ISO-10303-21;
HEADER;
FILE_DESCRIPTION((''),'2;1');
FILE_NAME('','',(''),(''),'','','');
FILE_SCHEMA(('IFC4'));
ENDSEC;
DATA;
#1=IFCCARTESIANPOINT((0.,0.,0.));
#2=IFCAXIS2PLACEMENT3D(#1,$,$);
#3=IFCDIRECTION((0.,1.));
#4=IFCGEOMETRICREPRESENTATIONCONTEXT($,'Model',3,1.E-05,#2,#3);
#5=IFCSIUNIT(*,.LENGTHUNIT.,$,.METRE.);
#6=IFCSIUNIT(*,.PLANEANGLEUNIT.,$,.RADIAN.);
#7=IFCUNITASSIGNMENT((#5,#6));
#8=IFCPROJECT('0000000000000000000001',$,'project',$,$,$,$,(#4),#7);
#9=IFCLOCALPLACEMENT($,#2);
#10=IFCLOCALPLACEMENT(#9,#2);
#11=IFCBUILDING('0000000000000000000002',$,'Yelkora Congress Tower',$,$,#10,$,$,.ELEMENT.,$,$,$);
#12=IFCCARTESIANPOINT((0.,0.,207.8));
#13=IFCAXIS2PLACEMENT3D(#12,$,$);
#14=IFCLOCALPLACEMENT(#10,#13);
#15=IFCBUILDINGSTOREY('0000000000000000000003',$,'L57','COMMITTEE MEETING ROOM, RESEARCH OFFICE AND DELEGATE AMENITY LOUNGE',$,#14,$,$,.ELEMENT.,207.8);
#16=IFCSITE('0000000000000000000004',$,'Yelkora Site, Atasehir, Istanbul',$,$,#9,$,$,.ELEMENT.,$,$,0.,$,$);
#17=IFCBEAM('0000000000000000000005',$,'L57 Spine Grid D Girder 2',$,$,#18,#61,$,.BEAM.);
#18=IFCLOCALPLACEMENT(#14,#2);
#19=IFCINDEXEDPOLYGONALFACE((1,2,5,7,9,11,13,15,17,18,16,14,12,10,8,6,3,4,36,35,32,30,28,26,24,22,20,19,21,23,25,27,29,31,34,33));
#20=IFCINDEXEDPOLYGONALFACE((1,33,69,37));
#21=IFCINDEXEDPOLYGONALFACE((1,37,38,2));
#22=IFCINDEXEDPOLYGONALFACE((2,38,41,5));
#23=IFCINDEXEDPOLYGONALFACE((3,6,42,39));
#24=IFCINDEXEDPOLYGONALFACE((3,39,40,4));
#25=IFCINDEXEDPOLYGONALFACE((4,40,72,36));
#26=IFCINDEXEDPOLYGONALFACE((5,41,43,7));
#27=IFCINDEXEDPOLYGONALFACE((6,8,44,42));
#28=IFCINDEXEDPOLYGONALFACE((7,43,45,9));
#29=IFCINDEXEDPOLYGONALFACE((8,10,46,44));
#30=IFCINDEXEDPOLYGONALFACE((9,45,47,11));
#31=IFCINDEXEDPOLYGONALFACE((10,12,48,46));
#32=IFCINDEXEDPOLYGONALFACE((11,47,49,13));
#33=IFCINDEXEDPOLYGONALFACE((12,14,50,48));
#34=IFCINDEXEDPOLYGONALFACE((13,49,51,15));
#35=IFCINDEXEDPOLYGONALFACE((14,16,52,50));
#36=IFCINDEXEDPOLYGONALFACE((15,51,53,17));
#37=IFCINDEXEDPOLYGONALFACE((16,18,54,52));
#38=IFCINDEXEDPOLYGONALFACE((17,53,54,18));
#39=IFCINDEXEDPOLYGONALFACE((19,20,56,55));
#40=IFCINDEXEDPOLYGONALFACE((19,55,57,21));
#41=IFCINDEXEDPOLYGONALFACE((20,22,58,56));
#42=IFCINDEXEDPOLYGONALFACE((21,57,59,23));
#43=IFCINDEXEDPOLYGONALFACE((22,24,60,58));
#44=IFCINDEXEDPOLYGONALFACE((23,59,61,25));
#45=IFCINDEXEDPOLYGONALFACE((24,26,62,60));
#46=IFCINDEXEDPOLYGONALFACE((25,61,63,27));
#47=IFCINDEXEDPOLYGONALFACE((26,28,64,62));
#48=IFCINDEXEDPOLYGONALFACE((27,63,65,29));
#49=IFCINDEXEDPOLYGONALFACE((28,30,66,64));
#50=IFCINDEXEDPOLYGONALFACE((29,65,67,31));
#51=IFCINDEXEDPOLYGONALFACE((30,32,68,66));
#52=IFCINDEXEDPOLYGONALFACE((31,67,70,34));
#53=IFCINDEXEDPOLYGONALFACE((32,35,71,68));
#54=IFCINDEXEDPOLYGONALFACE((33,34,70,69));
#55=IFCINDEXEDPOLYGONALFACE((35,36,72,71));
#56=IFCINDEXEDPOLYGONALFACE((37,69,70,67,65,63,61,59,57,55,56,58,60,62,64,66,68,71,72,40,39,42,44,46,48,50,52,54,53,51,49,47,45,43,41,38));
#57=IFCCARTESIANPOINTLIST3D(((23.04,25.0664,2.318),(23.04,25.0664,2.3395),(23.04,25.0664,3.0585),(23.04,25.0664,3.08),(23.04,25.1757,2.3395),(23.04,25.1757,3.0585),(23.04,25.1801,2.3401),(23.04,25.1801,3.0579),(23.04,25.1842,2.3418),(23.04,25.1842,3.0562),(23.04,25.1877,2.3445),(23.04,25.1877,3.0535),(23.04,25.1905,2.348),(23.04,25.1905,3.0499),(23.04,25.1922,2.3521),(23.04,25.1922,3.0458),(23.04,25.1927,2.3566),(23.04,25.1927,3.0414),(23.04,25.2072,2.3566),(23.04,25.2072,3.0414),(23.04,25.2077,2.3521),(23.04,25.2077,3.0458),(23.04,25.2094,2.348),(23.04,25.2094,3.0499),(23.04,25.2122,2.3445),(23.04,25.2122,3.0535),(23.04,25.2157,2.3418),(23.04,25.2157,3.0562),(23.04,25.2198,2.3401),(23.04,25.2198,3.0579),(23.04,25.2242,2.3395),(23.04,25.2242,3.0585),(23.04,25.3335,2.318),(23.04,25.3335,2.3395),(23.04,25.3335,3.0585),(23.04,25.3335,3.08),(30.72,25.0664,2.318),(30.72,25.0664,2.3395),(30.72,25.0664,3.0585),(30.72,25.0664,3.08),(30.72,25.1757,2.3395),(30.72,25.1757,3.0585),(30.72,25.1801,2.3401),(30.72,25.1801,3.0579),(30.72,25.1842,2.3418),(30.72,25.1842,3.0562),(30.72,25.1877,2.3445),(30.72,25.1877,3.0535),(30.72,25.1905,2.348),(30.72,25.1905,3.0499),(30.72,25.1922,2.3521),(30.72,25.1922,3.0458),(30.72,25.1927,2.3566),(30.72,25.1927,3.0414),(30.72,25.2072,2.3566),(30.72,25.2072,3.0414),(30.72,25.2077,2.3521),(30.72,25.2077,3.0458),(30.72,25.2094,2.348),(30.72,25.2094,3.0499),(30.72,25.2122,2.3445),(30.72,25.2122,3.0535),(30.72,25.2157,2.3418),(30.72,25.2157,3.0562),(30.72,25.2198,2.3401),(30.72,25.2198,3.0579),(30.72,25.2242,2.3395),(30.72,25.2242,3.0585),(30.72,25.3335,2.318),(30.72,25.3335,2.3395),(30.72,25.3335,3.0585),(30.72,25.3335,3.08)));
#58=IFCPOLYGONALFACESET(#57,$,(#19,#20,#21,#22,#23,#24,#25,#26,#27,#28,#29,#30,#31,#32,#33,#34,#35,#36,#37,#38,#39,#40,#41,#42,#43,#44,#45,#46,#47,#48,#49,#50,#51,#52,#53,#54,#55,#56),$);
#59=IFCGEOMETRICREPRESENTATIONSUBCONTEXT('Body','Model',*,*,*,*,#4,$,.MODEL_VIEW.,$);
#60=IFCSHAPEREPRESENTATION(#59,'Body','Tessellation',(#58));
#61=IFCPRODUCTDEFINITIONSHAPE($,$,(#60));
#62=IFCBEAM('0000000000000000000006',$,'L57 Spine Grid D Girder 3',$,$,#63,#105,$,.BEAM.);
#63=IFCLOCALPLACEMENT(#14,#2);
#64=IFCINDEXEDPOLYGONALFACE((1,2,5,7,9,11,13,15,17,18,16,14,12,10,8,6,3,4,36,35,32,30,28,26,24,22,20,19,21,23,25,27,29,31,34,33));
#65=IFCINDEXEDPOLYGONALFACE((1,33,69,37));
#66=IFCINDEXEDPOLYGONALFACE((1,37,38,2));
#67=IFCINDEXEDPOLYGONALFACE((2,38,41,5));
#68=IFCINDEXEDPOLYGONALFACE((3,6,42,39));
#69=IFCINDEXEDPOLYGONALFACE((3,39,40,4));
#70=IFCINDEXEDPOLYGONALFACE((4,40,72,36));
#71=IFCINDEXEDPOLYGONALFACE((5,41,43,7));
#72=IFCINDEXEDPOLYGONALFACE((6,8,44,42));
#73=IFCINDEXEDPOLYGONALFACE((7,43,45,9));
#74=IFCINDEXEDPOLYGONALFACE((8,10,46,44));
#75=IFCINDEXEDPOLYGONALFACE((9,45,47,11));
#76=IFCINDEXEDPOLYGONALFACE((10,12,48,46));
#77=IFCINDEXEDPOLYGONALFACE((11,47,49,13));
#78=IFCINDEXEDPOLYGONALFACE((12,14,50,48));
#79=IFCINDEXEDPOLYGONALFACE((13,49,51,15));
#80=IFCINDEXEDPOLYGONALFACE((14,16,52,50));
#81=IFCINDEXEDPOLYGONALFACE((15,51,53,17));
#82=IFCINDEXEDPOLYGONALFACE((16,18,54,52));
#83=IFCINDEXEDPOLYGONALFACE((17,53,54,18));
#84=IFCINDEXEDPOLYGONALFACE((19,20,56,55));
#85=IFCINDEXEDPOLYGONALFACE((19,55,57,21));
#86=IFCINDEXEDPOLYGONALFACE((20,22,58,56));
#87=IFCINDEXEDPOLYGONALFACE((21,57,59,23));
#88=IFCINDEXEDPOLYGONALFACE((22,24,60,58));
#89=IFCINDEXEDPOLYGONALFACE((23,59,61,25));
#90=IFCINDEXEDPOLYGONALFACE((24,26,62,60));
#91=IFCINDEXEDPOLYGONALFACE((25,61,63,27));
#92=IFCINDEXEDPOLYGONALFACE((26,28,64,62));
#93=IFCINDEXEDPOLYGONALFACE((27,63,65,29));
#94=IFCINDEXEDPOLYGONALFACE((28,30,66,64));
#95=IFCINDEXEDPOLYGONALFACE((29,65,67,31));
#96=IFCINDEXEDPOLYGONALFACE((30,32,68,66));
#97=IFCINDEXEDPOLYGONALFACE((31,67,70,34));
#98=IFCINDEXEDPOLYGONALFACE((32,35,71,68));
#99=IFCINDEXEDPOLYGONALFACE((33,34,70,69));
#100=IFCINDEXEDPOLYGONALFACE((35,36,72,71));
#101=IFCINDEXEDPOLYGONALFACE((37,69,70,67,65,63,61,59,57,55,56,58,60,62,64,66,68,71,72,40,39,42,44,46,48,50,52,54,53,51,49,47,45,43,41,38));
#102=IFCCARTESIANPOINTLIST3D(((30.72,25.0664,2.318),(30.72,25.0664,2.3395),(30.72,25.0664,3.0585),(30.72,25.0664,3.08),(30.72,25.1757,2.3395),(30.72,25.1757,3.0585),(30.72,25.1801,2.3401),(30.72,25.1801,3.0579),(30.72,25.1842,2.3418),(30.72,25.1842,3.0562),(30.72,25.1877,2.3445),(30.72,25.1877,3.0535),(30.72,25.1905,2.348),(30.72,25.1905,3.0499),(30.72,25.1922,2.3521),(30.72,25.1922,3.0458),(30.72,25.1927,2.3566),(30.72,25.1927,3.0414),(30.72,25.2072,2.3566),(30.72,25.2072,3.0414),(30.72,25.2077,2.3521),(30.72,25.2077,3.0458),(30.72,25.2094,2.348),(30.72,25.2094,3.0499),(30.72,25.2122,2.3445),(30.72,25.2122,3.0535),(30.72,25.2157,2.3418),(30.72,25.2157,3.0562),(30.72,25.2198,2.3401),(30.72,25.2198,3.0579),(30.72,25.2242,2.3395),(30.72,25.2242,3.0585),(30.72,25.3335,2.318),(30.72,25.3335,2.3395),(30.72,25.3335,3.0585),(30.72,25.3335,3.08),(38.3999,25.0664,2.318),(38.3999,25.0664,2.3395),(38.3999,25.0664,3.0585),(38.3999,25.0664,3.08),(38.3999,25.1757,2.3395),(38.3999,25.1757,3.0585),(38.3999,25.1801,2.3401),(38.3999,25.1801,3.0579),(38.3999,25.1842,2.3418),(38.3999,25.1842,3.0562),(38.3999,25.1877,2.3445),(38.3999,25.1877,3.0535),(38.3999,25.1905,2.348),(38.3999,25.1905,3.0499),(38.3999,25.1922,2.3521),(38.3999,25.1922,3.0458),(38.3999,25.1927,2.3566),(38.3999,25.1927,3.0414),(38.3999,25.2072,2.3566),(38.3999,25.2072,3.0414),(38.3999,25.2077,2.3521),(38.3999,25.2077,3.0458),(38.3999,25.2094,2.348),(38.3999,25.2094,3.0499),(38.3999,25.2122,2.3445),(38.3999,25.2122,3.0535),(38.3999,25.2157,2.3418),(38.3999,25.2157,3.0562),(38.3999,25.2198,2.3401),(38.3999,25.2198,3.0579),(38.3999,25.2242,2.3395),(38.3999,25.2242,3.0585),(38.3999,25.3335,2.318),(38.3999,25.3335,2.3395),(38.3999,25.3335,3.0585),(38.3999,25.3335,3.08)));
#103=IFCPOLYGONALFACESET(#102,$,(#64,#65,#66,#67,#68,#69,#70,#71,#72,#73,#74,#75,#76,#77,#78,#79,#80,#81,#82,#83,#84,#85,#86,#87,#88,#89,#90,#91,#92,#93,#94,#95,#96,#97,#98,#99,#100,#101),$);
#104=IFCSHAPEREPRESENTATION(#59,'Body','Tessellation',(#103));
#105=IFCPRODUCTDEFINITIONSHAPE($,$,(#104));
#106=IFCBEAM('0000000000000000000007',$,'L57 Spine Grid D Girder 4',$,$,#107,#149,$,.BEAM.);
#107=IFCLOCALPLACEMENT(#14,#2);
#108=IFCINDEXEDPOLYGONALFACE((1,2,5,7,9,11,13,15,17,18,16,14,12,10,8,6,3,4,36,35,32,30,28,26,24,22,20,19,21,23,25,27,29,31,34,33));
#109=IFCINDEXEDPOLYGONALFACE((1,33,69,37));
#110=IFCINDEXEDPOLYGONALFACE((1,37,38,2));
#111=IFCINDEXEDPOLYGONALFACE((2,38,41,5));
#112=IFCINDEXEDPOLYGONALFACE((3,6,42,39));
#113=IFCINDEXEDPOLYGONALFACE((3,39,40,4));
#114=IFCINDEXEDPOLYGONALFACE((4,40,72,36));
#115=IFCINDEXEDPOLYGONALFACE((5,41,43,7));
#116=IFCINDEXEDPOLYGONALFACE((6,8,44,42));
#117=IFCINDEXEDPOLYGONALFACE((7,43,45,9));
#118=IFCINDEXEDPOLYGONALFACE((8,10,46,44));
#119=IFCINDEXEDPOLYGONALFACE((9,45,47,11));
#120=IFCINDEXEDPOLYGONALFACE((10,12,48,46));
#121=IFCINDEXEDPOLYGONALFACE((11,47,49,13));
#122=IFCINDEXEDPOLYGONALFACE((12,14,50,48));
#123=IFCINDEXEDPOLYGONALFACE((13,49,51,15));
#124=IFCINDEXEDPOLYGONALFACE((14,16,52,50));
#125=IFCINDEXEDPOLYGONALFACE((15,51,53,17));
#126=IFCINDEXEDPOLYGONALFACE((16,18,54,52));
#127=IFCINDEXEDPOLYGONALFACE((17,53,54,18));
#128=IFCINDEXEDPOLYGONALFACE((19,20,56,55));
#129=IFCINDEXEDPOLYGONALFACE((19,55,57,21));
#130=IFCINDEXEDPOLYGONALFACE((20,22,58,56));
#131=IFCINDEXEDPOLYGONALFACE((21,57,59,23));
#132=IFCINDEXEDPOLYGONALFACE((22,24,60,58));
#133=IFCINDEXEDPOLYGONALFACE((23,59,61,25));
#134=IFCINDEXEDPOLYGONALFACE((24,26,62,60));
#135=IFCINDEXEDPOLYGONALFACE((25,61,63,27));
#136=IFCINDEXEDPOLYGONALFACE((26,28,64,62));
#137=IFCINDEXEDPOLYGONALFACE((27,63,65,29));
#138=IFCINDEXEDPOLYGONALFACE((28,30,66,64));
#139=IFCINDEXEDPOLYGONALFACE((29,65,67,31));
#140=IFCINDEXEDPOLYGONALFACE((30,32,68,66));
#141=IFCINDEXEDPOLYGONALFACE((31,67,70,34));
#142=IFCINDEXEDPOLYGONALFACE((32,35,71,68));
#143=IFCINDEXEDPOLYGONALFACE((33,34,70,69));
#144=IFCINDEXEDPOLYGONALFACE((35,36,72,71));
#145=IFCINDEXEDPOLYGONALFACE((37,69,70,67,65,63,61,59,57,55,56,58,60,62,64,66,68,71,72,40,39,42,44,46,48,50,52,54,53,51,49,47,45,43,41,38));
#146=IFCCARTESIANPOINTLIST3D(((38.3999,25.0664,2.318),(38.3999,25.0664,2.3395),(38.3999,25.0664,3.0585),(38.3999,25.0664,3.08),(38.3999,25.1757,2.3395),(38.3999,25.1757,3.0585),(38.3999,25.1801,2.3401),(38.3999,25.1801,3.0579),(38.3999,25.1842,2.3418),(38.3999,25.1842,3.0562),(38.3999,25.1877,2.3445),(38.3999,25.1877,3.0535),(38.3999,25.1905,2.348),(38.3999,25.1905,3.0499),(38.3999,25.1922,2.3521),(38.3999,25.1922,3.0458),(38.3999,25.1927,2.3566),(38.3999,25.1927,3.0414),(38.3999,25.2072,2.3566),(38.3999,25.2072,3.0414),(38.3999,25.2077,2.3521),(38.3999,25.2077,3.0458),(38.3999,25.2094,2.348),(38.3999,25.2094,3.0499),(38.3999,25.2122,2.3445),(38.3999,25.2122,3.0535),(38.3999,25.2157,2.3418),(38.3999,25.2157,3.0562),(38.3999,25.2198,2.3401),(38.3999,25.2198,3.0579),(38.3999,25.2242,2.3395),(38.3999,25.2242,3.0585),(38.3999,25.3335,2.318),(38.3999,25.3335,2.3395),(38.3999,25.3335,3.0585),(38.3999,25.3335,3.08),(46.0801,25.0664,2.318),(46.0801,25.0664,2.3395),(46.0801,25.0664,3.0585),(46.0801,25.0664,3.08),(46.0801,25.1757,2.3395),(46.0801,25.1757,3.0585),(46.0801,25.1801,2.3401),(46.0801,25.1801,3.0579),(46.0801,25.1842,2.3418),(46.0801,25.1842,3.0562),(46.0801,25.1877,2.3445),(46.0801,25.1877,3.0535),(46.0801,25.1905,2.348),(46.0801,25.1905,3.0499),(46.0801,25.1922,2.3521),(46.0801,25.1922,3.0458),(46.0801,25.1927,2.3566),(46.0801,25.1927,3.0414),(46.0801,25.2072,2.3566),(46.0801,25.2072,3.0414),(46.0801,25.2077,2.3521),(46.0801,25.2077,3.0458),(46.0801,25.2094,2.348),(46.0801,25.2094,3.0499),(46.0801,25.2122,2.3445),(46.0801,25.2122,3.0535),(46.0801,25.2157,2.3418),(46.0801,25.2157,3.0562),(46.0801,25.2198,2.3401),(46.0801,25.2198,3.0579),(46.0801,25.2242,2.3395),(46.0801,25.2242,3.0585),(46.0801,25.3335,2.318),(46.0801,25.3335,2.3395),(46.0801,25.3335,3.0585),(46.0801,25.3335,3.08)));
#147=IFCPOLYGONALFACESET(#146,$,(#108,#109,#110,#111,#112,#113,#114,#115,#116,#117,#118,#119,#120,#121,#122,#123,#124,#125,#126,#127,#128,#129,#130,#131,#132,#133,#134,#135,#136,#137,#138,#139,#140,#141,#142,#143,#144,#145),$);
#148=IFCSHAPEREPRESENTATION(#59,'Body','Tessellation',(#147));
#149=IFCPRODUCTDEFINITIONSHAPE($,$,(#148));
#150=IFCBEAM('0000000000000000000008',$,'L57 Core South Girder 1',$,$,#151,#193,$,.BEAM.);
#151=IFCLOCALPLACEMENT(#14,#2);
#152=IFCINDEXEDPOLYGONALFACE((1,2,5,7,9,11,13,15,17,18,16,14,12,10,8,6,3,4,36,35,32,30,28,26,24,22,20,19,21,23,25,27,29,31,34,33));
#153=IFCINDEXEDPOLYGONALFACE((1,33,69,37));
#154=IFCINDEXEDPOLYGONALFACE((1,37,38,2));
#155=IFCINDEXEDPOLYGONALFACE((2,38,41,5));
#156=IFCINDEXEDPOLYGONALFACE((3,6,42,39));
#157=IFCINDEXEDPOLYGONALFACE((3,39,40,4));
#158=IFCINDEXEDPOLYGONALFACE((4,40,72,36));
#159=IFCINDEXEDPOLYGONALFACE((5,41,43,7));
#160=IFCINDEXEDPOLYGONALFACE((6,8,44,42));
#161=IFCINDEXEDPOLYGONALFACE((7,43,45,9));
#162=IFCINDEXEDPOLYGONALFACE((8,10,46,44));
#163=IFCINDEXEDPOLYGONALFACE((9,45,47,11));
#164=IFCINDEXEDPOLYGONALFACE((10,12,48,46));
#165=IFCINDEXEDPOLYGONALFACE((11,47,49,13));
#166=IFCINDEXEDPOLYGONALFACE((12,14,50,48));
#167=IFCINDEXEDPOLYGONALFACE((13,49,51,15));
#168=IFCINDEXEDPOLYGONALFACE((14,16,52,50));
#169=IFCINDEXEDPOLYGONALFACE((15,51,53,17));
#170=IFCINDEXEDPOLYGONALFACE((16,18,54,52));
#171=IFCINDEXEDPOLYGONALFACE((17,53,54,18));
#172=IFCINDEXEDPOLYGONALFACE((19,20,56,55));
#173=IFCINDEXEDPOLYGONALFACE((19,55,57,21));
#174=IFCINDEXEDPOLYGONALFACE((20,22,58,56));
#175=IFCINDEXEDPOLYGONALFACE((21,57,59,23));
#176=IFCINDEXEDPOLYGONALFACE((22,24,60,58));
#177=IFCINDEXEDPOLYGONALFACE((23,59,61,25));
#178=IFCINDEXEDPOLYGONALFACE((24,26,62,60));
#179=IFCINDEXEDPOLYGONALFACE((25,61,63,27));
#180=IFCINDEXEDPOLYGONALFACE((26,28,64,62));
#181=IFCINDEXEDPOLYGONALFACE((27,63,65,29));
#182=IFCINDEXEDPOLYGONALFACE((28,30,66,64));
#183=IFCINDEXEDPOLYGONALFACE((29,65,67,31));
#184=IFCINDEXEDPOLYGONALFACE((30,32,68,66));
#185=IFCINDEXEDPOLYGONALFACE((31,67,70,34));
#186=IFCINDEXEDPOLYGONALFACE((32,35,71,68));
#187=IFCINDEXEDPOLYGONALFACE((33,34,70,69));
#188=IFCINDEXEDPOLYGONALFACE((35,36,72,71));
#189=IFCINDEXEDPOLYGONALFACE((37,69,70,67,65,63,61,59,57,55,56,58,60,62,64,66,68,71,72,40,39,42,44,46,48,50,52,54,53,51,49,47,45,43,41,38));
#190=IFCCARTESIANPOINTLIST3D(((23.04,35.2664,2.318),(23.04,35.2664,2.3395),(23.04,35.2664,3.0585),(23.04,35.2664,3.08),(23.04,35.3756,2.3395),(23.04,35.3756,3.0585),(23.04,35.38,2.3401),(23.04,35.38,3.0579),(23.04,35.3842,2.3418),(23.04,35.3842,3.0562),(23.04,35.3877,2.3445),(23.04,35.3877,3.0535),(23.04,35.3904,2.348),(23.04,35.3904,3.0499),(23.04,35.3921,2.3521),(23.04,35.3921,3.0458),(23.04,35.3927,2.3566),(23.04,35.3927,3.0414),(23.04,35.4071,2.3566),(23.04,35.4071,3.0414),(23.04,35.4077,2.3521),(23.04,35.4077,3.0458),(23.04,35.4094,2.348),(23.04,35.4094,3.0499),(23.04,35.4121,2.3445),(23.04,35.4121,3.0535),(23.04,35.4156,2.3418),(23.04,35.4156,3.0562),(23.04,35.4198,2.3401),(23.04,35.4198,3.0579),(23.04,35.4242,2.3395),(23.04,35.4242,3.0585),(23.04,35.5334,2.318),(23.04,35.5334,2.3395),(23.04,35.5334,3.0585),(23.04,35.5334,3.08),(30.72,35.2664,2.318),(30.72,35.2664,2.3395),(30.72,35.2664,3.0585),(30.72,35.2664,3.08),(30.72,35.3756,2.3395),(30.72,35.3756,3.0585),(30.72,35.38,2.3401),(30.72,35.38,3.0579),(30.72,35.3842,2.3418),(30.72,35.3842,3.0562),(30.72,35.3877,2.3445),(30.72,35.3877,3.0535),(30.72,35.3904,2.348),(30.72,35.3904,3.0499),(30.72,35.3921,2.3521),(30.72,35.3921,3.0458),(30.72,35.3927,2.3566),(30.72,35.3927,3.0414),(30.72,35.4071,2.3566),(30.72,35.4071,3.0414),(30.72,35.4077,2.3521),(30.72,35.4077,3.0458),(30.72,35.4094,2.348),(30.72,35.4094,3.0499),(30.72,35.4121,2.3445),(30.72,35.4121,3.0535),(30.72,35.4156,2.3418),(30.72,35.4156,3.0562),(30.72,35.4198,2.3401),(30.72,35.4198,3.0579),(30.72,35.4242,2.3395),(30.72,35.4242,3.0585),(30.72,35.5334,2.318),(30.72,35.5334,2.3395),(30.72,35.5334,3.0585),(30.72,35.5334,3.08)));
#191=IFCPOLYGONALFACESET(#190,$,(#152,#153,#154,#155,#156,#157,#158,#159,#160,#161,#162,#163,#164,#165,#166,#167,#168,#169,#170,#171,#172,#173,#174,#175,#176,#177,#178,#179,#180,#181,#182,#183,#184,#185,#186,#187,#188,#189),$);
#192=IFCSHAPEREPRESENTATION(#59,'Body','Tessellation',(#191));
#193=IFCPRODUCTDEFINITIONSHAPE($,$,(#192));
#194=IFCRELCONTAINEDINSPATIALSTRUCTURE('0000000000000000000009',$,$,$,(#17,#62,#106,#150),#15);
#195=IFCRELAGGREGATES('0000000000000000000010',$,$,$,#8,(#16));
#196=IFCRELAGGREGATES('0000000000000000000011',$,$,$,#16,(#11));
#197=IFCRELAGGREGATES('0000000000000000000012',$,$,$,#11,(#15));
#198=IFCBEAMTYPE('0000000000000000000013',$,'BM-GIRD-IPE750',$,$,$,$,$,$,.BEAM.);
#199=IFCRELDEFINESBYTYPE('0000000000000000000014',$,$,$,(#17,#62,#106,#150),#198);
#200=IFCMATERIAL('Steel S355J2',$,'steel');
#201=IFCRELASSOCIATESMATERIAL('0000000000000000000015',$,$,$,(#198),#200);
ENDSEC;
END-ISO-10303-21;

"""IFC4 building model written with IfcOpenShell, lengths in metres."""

from ifc_helpers import new_model, si_unit, direction, frame, origin, origin_2d, place, context, subcontext, project, spatial, i_section, extrude, material, material_profile, profile_set, type_object, element, save


model = new_model("IFC4")

# Units and contexts
model_context = context("Model", 3, precision=1e-05, world=origin(), true_north=direction((0.0, 1.0)))
body_context = subcontext(model_context, "Body", "Model", "MODEL_VIEW")
ifc_project = project(units=[si_unit("LENGTHUNIT", "METRE"), si_unit("PLANEANGLEUNIT", "RADIAN")], contexts=[model_context])

# Site, building, storey
site_placement = place(None, origin())
site = spatial("IfcSite", under=ifc_project, at=site_placement, Name="Yelkora Site, Atasehir, Istanbul", CompositionType="ELEMENT", RefElevation=0.0)
building_placement = place(site_placement, origin())
building = spatial("IfcBuilding", under=site, at=building_placement, Name="Yelkora Congress Tower", CompositionType="ELEMENT")
storey_placement = place(building_placement, frame((0.0, 0.0, 207.8)))
storey = spatial("IfcBuildingStorey", under=building, at=storey_placement, Name="L57", Description="COMMITTEE MEETING ROOM, RESEARCH OFFICE AND DELEGATE AMENITY LOUNGE", CompositionType="ELEMENT", Elevation=207.8)

# Beams
ifc_material_1 = material(Name="Steel S355J2", Category="steel")
ifc_material_profile_1 = material_profile(ifc_material_1, i_section(OverallWidth=0.2671, OverallDepth=0.762, WebThickness=0.0144, FlangeThickness=0.0215, FilletRadius=0.0171, at=origin_2d()), Name="IPE 750x173")
ifc_profile_set_1 = profile_set([ifc_material_profile_1], Name="Steel S355J2")
beam_type_1 = type_object("IfcBeamType", Name="BM-GIRD-IPE750", PredefinedType="BEAM", material=ifc_profile_set_1)
for number, where, z_axis, x_axis, name in (
    (1, (23.04, 25.2, 2.699), (1.0, 0.0, 0.0), (0.0, 1.0, 0.0), "L57 Spine Grid D Girder 2"),
    (2, (30.72, 25.2, 2.699), (1.0, 0.0, 0.0), (0.0, 1.0, 0.0), "L57 Spine Grid D Girder 3"),
):
    element("IfcBeam", number, at=place(storey_placement, frame(where, z_axis=z_axis, x_axis=x_axis)), inside=storey, type_object=beam_type_1, Name=name, PredefinedType="BEAM", context=body_context, shape_type="SweptSolid", body=[
        extrude(i_section(OverallWidth=0.2671, OverallDepth=0.762, WebThickness=0.0144, FlangeThickness=0.0215, FilletRadius=0.0171, at=origin_2d()), origin(), (0.0, 0.0, 1.0), 7.6799),
    ])
beam_1_placement = place(storey_placement, frame((38.3999, 25.2, 2.699), z_axis=(1.0, 0.0, 0.0), x_axis=(0.0, 1.0, 0.0)))
element("IfcBeam", 3, at=beam_1_placement, inside=storey, type_object=beam_type_1, Name="L57 Spine Grid D Girder 4", PredefinedType="BEAM", context=body_context, shape_type="SweptSolid", body=[
    extrude(i_section(OverallWidth=0.2671, OverallDepth=0.762, WebThickness=0.0144, FlangeThickness=0.0215, FilletRadius=0.0171, at=origin_2d()), origin(), (0.0, 0.0, 1.0), 7.6802),
])
beam_2_placement = place(storey_placement, frame((23.04, 35.3999, 2.699), z_axis=(1.0, 0.0, 0.0), x_axis=(0.0, 1.0, 0.0)))
element("IfcBeam", 4, at=beam_2_placement, inside=storey, type_object=beam_type_1, Name="L57 Core South Girder 1", PredefinedType="BEAM", context=body_context, shape_type="SweptSolid", body=[
    extrude(i_section(OverallWidth=0.2671, OverallDepth=0.762, WebThickness=0.0144, FlangeThickness=0.0215, FilletRadius=0.0171, at=origin_2d()), origin(), (0.0, 0.0, 1.0), 7.6799),
])

save(model, "model.ifc")
